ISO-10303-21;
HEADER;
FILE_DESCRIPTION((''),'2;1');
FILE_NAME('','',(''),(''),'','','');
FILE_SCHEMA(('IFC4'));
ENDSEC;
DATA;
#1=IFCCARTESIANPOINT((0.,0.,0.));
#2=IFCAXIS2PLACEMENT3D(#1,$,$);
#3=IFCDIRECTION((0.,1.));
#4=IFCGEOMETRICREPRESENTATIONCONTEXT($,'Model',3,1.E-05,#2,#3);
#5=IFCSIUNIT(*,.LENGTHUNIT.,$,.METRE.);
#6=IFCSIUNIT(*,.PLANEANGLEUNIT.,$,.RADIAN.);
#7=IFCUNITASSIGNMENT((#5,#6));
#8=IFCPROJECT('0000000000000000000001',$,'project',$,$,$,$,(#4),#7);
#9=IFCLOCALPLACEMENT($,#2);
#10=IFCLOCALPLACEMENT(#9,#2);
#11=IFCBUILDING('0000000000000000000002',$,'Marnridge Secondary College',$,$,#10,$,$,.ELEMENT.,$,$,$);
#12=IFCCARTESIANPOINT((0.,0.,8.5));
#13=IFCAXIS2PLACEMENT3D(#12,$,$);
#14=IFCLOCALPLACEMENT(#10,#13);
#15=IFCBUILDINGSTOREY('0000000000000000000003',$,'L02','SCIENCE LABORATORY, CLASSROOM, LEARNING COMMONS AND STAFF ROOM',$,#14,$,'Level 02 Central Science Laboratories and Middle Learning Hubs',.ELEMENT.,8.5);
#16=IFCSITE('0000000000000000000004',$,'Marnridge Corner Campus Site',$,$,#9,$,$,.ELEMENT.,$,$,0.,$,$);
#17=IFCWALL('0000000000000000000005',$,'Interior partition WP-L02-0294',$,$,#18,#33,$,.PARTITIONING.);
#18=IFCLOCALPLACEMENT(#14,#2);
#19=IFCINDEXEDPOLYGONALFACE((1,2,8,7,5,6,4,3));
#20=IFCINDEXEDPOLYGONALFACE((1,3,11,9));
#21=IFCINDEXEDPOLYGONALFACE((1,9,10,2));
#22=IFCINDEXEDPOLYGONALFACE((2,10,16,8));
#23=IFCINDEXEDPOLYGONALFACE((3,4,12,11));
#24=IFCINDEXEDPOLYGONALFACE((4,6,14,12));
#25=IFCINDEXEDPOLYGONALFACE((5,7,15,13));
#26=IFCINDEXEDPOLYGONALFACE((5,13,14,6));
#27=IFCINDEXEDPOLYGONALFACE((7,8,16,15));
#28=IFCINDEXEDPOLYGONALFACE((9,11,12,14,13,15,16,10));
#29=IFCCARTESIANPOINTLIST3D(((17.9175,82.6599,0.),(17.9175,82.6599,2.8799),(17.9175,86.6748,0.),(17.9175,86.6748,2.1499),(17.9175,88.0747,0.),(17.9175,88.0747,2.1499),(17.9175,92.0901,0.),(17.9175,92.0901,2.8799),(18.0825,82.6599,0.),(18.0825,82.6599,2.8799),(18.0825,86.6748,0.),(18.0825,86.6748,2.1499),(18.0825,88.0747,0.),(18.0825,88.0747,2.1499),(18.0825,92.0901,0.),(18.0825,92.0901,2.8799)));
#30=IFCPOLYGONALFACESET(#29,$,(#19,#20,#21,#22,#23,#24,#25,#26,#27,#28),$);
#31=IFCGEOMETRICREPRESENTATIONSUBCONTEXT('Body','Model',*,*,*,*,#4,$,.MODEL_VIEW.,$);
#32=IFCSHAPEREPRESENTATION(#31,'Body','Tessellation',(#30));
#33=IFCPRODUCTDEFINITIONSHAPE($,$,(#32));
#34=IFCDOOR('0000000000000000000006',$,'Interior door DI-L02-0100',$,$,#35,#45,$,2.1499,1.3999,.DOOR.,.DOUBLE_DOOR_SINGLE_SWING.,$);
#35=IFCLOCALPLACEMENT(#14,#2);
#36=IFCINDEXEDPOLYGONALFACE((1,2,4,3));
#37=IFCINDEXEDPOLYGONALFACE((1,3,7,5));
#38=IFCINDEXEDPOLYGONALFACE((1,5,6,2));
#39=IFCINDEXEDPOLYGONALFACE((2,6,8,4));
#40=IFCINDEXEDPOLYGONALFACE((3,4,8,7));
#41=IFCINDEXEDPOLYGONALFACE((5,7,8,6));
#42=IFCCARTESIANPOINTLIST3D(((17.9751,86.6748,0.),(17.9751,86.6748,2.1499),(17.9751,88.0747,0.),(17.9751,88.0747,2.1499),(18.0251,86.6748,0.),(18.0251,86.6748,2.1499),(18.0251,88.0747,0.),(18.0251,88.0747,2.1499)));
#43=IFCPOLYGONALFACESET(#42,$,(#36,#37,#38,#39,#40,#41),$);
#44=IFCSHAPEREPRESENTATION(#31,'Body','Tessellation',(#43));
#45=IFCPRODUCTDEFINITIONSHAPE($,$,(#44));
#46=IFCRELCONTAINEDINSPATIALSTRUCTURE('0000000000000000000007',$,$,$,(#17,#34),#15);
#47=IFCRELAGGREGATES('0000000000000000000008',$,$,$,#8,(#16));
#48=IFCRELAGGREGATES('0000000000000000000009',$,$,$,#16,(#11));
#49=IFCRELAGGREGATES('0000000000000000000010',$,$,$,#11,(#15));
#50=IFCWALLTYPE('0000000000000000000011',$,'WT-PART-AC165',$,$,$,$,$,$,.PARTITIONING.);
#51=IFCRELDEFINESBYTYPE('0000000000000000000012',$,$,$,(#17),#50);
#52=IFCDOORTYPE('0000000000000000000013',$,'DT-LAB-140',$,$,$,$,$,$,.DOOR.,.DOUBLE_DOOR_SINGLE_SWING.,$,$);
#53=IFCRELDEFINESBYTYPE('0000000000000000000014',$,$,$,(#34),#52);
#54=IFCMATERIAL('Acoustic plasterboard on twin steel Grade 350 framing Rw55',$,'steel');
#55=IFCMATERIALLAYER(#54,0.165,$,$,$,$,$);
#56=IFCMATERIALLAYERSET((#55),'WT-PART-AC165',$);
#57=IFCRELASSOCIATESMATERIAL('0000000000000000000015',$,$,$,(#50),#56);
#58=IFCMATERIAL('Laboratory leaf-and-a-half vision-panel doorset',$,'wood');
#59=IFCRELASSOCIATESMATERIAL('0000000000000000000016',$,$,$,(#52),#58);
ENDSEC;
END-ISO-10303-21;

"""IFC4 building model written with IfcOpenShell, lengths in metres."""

from ifc_helpers import new_model, si_unit, direction, frame, frame_2d, origin, place, context, subcontext, project, spatial, rectangle, extrude, material, layer, layer_set, type_object, element, fill, save


model = new_model("IFC4")

# Units and contexts
model_context = context("Model", 3, precision=1e-05, world=origin(), true_north=direction((0.0, 1.0)))
body_context = subcontext(model_context, "Body", "Model", "MODEL_VIEW")
ifc_project = project(units=[si_unit("LENGTHUNIT", "METRE"), si_unit("PLANEANGLEUNIT", "RADIAN")], contexts=[model_context])

# Site, building, storey
site_placement = place(None, origin())
site = spatial("IfcSite", under=ifc_project, at=site_placement, Name="Marnridge Corner Campus Site", CompositionType="ELEMENT", RefElevation=0.0)
building_placement = place(site_placement, origin())
building = spatial("IfcBuilding", under=site, at=building_placement, Name="Marnridge Secondary College", CompositionType="ELEMENT")
storey_placement = place(building_placement, frame((0.0, 0.0, 8.5)))
storey = spatial("IfcBuildingStorey", under=building, at=storey_placement, Name="L02", Description="SCIENCE LABORATORY, CLASSROOM, LEARNING COMMONS AND STAFF ROOM", LongName="Level 02 Central Science Laboratories and Middle Learning Hubs", CompositionType="ELEMENT", Elevation=8.5)

# Wall, opening, door
ifc_material_1 = material(Name="Acoustic plasterboard on twin steel Grade 350 framing Rw55", Category="steel")
ifc_layer_1 = layer(ifc_material_1, 0.165)
ifc_layer_set_1 = layer_set([ifc_layer_1], Name="WT-PART-AC165")
wall_type_1 = type_object("IfcWallType", Name="WT-PART-AC165", PredefinedType="PARTITIONING", material=ifc_layer_set_1)
wall_1_placement = place(storey_placement, frame((18.0, 82.6599, 0.0), z_axis=(0.0, 0.0, 1.0), x_axis=(0.0, 1.0, 0.0)))
wall_1 = element("IfcWall", 1, at=wall_1_placement, inside=storey, type_object=wall_type_1, Name="Interior partition WP-L02-0294", PredefinedType="PARTITIONING", context=body_context, shape_type="SweptSolid", body=[
    extrude(rectangle(XDim=9.4302, YDim=0.165, at=frame_2d((4.7151, 0.0))), origin(), (0.0, 0.0, 1.0), 2.8799),
])
opening_1_placement = place(wall_1_placement, frame((4.0149, 0.0, 0.0)))
opening_1 = element("IfcOpeningElement", 2, at=opening_1_placement, cuts=wall_1, PredefinedType="OPENING", context=body_context, shape_type="SweptSolid", body=[
    extrude(rectangle(XDim=1.3999, YDim=2.1499, at=frame_2d((0.7, 1.075))), frame((0.0, 0.0925, 0.0), z_axis=(0.0, -1.0, 0.0), x_axis=(1.0, 0.0, 0.0)), (0.0, 0.0, 1.0), 0.1851),
])
ifc_material_2 = material(Name="Laboratory leaf-and-a-half vision-panel doorset", Category="wood")
door_type_1 = type_object("IfcDoorType", Name="DT-LAB-140", OperationType="DOUBLE_DOOR_SINGLE_SWING", PredefinedType="DOOR", material=ifc_material_2)
door_1_placement = place(opening_1_placement, origin())
door_1 = element("IfcDoor", 3, at=door_1_placement, inside=storey, type_object=door_type_1, Name="Interior door DI-L02-0100", OperationType="DOUBLE_DOOR_SINGLE_SWING", OverallHeight=2.1499, OverallWidth=1.3999, PredefinedType="DOOR", context=body_context, shape_type="SweptSolid", body=[
    extrude(rectangle(XDim=1.3999, YDim=2.1499, at=frame_2d((0.7, 1.075))), frame((0.0, 0.0249, 0.0), z_axis=(0.0, -1.0, 0.0), x_axis=(1.0, 0.0, 0.0)), (0.0, 0.0, 1.0), 0.05),
])
fill(opening_1, door_1)

save(model, "model.ifc")
